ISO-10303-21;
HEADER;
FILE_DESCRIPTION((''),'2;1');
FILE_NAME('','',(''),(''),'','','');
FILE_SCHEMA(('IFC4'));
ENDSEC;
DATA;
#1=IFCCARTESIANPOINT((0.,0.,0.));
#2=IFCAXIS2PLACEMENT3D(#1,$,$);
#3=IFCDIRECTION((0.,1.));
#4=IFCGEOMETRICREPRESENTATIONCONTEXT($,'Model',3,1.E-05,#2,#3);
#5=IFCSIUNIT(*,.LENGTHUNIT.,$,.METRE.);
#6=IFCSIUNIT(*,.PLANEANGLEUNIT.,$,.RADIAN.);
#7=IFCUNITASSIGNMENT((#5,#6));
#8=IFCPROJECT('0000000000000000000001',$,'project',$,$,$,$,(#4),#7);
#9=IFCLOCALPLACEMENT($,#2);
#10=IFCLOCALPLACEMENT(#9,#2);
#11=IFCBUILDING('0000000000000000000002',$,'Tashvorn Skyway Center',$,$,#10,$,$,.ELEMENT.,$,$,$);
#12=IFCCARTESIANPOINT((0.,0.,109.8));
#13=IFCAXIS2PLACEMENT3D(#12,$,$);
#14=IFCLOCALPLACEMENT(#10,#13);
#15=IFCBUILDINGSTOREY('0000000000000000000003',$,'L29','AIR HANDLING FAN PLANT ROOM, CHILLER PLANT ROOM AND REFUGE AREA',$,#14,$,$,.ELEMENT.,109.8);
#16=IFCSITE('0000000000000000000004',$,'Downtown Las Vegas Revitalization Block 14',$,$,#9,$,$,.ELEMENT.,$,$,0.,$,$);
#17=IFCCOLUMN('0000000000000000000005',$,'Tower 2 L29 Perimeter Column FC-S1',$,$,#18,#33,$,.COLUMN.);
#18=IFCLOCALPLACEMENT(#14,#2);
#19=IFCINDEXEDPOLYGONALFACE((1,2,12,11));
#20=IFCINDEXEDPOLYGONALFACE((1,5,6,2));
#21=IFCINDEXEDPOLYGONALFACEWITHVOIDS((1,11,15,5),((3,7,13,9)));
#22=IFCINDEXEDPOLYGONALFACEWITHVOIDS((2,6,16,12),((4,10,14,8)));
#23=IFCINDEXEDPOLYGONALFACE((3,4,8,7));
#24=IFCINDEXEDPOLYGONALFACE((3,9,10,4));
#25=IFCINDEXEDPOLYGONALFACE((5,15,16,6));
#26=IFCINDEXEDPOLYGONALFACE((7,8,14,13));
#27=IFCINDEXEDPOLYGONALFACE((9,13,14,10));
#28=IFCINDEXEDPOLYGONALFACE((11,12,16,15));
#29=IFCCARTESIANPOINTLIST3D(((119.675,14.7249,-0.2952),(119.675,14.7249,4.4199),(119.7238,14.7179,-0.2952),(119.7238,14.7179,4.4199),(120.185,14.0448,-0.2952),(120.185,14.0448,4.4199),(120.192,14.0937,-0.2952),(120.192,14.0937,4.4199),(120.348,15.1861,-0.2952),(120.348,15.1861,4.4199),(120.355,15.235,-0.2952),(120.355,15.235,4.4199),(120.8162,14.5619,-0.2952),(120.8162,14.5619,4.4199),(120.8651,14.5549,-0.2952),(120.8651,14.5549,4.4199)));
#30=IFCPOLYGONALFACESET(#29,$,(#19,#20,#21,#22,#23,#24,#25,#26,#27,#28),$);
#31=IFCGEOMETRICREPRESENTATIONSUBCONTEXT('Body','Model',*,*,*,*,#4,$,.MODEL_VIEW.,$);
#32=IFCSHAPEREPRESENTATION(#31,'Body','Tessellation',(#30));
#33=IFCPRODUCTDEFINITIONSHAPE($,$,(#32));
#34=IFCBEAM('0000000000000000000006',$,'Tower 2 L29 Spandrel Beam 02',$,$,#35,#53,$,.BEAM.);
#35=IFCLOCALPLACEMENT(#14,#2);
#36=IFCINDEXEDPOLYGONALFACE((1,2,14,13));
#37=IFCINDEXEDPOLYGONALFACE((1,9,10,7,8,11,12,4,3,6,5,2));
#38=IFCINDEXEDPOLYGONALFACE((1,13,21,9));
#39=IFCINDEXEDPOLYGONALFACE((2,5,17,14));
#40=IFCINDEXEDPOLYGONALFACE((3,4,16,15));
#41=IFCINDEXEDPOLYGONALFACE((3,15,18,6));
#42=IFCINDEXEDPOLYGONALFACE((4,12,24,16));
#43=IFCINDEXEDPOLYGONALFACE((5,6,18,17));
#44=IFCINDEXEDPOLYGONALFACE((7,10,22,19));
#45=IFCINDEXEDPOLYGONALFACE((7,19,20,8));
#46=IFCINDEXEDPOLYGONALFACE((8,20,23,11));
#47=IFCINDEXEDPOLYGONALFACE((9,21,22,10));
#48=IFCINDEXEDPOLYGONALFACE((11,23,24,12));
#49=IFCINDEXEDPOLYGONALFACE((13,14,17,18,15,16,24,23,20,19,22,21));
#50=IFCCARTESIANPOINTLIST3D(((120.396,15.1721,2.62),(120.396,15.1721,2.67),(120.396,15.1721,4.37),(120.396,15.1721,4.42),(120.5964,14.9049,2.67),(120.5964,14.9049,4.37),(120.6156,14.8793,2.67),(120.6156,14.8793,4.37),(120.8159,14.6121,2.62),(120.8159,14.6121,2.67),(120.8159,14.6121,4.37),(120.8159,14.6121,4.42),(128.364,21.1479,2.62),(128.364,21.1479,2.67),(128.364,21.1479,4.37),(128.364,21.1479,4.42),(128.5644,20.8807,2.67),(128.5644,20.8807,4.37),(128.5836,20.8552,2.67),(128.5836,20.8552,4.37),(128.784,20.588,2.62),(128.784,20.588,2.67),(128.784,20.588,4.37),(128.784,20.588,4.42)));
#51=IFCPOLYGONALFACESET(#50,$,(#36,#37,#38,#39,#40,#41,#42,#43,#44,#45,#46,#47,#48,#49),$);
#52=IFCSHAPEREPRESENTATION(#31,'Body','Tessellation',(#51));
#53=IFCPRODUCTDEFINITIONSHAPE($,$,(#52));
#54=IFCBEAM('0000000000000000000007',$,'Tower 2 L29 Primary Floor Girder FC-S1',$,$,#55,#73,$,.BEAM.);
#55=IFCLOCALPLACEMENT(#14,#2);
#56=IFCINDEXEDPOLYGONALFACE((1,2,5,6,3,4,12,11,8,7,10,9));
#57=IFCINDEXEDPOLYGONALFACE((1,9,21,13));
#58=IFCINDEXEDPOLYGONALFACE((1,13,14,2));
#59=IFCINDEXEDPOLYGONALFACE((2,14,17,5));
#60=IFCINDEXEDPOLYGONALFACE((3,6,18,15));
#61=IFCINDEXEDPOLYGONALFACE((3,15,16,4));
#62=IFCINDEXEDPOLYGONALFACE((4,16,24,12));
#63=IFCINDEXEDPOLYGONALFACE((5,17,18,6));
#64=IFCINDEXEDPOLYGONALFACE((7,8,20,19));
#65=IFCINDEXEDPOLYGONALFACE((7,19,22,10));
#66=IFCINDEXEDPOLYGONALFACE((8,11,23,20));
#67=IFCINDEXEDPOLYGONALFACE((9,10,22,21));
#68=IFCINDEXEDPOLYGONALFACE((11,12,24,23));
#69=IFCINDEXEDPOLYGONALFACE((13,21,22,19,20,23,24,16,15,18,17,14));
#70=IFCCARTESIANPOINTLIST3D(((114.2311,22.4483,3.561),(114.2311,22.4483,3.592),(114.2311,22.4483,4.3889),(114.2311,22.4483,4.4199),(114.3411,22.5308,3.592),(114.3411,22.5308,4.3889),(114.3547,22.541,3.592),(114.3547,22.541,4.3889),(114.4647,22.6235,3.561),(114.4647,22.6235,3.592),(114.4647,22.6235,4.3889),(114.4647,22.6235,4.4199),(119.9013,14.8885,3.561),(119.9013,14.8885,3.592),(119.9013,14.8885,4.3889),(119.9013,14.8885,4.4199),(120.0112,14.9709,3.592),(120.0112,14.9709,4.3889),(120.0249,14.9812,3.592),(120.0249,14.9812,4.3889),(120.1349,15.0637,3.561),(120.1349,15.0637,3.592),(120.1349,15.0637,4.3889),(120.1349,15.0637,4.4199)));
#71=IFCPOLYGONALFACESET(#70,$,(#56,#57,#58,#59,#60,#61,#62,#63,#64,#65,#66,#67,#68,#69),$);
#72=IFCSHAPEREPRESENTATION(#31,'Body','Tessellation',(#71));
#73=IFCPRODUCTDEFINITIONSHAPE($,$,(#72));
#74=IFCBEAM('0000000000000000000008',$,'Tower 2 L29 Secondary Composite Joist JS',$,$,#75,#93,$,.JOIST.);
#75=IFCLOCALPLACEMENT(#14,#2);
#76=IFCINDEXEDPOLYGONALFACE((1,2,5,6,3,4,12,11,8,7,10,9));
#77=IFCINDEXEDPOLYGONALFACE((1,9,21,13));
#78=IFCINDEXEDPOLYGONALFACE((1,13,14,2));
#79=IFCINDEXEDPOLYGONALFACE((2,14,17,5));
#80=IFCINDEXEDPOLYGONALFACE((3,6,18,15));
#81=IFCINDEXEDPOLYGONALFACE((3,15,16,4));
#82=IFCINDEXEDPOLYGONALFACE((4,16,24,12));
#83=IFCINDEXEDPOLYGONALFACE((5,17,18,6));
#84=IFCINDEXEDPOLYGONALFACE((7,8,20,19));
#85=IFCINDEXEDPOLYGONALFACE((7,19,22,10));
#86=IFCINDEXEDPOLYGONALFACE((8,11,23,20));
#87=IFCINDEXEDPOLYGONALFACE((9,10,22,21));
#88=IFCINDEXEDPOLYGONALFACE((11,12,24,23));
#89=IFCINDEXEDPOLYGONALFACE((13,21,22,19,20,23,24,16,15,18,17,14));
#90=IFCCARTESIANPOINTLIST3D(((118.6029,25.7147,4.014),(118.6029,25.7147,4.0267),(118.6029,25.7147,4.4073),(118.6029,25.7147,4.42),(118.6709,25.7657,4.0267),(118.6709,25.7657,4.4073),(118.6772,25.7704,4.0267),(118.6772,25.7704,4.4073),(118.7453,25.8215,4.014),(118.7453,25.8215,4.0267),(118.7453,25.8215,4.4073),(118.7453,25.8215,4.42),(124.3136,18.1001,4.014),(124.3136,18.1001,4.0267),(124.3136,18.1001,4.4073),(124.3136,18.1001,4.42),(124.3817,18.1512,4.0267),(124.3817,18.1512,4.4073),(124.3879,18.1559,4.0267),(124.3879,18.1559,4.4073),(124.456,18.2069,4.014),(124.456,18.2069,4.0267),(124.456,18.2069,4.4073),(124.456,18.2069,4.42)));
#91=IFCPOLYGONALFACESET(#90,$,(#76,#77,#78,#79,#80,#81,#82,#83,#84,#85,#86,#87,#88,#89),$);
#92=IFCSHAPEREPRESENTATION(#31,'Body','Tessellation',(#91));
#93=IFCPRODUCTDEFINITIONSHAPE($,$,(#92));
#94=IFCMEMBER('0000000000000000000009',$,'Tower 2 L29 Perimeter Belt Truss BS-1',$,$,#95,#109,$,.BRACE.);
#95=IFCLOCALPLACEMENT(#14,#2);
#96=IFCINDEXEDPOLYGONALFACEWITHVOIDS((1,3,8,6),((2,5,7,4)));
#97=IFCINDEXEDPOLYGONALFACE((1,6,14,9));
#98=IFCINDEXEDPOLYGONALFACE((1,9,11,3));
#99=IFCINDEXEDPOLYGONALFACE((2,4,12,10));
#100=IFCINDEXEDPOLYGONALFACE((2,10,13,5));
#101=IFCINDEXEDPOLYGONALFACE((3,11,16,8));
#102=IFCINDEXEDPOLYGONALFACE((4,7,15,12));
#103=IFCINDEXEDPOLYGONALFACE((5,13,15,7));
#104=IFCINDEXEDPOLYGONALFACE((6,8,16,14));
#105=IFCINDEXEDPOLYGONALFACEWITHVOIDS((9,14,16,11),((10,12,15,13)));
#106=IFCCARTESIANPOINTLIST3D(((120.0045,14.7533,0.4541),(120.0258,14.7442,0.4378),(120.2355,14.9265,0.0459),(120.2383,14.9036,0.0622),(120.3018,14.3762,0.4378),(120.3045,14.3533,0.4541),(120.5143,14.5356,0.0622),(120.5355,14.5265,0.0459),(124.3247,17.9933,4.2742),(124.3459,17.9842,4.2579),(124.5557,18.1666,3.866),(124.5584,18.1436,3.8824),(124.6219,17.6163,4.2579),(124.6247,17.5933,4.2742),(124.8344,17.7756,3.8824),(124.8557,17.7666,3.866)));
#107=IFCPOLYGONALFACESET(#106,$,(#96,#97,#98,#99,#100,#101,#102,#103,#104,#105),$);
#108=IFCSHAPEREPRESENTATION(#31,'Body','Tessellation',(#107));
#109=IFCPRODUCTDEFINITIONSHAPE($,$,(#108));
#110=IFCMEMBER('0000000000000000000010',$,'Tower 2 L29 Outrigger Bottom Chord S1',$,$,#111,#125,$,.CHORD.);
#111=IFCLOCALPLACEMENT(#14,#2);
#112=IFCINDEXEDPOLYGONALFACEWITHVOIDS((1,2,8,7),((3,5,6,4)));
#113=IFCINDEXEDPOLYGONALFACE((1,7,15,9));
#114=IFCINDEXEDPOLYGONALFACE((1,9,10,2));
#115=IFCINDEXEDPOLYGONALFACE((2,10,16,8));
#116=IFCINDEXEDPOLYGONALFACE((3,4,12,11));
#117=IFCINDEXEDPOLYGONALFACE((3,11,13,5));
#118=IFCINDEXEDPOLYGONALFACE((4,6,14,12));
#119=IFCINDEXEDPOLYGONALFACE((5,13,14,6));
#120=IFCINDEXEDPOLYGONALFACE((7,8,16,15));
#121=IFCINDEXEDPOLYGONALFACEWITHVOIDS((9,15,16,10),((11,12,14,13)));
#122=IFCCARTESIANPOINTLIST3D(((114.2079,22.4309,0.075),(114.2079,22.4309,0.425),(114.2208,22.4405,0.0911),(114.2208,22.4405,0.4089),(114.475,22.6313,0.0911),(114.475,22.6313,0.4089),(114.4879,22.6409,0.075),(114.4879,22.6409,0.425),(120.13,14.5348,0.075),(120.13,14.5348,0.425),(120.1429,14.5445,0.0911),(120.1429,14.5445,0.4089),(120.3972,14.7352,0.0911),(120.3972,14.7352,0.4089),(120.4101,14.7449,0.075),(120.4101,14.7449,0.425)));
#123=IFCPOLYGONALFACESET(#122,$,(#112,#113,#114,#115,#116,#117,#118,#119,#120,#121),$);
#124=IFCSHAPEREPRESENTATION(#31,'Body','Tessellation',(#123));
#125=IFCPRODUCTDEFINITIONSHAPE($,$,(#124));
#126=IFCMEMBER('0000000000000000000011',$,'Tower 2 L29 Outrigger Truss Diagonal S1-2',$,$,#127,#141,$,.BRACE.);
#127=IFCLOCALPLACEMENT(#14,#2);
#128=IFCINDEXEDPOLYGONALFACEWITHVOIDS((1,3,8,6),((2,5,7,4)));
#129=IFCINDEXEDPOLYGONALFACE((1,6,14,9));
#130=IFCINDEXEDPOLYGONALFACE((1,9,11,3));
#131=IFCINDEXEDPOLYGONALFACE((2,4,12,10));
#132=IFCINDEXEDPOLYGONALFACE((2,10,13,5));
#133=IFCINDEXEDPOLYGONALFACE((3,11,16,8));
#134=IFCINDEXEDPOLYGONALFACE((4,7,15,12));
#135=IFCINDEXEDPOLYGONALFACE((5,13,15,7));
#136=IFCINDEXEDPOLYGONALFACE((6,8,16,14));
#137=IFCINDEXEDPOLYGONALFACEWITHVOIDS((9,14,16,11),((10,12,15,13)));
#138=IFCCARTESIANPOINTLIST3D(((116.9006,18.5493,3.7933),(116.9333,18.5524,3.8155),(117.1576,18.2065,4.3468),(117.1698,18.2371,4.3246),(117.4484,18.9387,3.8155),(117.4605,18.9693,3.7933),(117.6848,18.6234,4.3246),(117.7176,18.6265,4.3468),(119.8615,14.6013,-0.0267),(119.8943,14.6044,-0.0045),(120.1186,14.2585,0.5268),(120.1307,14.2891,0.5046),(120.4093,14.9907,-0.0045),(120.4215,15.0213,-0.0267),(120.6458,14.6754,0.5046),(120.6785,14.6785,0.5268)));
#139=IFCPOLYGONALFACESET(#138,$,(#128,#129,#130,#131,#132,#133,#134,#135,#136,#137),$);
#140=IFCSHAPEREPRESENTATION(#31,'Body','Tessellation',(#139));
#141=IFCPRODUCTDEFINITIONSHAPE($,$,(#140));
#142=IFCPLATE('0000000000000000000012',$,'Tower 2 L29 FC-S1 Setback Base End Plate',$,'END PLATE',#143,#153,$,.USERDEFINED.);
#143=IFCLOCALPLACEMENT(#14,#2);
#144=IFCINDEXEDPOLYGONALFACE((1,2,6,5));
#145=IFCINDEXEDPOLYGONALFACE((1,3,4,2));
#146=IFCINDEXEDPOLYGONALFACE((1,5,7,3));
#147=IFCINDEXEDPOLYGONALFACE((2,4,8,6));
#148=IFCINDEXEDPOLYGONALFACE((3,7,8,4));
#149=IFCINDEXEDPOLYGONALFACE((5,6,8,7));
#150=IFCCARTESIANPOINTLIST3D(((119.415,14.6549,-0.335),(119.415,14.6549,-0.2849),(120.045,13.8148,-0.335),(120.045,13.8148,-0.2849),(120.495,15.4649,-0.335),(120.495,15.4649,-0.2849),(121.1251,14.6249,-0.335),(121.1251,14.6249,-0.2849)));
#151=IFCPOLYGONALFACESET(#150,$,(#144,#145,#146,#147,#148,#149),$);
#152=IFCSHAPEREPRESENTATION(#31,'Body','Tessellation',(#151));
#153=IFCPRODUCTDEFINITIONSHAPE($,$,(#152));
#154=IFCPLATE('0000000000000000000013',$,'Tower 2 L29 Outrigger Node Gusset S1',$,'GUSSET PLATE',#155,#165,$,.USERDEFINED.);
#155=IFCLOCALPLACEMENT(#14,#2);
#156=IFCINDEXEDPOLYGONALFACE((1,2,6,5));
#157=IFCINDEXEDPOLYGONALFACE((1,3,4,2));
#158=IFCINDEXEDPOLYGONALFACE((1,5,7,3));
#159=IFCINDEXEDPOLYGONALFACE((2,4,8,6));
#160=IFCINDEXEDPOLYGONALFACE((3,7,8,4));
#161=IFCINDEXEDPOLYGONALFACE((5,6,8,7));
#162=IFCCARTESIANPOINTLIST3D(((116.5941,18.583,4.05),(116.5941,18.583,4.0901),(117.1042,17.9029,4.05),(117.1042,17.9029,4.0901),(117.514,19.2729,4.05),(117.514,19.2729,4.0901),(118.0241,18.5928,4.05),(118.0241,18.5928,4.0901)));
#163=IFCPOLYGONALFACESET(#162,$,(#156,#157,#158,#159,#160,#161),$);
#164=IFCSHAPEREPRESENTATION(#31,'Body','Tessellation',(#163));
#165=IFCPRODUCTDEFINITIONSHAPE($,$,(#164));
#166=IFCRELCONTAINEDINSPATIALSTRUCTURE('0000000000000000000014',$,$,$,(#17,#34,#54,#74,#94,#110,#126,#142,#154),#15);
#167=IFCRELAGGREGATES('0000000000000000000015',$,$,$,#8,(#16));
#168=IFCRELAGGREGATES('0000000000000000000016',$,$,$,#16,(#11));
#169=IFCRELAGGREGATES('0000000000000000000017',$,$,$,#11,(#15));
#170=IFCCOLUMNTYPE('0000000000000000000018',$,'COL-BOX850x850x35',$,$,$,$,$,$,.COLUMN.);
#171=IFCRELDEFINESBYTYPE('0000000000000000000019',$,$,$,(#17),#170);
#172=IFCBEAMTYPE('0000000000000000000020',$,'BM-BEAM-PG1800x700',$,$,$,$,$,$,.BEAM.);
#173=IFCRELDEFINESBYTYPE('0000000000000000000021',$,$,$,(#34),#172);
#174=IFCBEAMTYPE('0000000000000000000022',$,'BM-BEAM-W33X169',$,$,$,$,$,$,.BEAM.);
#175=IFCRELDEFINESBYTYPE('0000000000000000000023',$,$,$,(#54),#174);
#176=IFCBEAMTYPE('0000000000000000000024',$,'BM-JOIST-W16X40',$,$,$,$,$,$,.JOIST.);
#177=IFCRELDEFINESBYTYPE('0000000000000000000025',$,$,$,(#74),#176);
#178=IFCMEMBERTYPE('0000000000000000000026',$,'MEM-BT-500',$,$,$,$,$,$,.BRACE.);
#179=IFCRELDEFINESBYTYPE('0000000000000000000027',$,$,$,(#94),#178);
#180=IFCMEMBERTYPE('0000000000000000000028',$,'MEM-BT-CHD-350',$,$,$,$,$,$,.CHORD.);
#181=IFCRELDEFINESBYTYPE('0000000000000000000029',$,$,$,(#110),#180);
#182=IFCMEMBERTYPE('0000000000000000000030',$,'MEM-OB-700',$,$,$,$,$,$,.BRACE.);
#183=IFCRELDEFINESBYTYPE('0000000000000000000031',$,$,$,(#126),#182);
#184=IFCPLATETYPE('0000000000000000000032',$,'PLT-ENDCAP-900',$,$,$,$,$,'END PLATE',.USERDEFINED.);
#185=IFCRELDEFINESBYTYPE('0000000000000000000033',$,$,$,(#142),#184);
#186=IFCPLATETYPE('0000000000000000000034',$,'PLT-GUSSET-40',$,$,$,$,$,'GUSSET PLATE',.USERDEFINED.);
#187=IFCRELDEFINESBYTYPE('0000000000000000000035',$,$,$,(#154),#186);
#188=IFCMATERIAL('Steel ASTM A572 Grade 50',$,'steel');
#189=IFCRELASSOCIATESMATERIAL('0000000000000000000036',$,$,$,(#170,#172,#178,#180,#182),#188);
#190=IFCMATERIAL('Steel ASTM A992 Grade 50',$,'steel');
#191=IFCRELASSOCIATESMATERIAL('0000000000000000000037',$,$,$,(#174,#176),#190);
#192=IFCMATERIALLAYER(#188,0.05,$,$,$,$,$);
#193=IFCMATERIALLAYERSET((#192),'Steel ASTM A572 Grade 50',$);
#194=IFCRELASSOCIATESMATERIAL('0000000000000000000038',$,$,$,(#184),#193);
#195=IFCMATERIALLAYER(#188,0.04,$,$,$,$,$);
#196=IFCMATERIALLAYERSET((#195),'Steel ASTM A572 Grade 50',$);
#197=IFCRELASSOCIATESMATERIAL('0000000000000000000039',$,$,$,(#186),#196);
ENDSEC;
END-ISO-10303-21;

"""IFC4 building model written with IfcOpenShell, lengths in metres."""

from ifc_helpers import new_model, si_unit, direction, frame, origin, origin_2d, place, context, subcontext, project, spatial, rectangle, hollow_rectangle, i_section, extrude, material, layer, layer_set, material_profile, profile_set, type_object, element, save


model = new_model("IFC4")

# Units and contexts
model_context = context("Model", 3, precision=1e-05, world=origin(), true_north=direction((0.0, 1.0)))
body_context = subcontext(model_context, "Body", "Model", "MODEL_VIEW")
ifc_project = project(units=[si_unit("LENGTHUNIT", "METRE"), si_unit("PLANEANGLEUNIT", "RADIAN")], contexts=[model_context])

# Site, building, storey
site_placement = place(None, origin())
site = spatial("IfcSite", under=ifc_project, at=site_placement, Name="Downtown Las Vegas Revitalization Block 14", CompositionType="ELEMENT", RefElevation=0.0)
building_placement = place(site_placement, origin())
building = spatial("IfcBuilding", under=site, at=building_placement, Name="Tashvorn Skyway Center", CompositionType="ELEMENT")
storey_placement = place(building_placement, frame((0.0, 0.0, 109.8)))
storey = spatial("IfcBuildingStorey", under=building, at=storey_placement, Name="L29", Description="AIR HANDLING FAN PLANT ROOM, CHILLER PLANT ROOM AND REFUGE AREA", CompositionType="ELEMENT", Elevation=109.8)

# Column
ifc_material_1 = material(Name="Steel ASTM A572 Grade 50", Category="steel")
ifc_material_profile_1 = material_profile(ifc_material_1, hollow_rectangle(XDim=0.8501, YDim=0.8501, WallThickness=0.0349, at=origin_2d()), Name="BOX850x850x35")
ifc_profile_set_1 = profile_set([ifc_material_profile_1], Name="Steel ASTM A572 Grade 50")
column_type = type_object("IfcColumnType", Name="COL-BOX850x850x35", PredefinedType="COLUMN", material=ifc_profile_set_1)
column_placement = place(storey_placement, frame((120.27, 14.6399, -0.2952), z_axis=(0.0, 0.0, 1.0), x_axis=(0.8, 0.6, 0.0)))
element("IfcColumn", 1, at=column_placement, inside=storey, type_object=column_type, Name="Tower 2 L29 Perimeter Column FC-S1", PredefinedType="COLUMN", context=body_context, shape_type="SweptSolid", body=[
    extrude(hollow_rectangle(XDim=0.8501, YDim=0.8501, WallThickness=0.0349, at=origin_2d()), origin(), (0.0, 0.0, 1.0), 4.7151),
])

# Beams
ifc_material_profile_2 = material_profile(ifc_material_1, i_section(OverallWidth=0.7, OverallDepth=1.8, WebThickness=0.032, FlangeThickness=0.05, at=origin_2d()), Name="PG1800x700")
ifc_profile_set_2 = profile_set([ifc_material_profile_2], Name="Steel ASTM A572 Grade 50")
beam_type_1 = type_object("IfcBeamType", Name="BM-BEAM-PG1800x700", PredefinedType="BEAM", material=ifc_profile_set_2)
beam_1_placement = place(storey_placement, frame((120.606, 14.8921, 3.52), z_axis=(0.800009, 0.599988, 0.0), x_axis=(-0.599988, 0.800009, 0.0)))
element("IfcBeam", 2, at=beam_1_placement, inside=storey, type_object=beam_type_1, Name="Tower 2 L29 Spandrel Beam 02", PredefinedType="BEAM", context=body_context, shape_type="SweptSolid", body=[
    extrude(i_section(OverallWidth=0.7, OverallDepth=1.8, WebThickness=0.032, FlangeThickness=0.05, at=origin_2d()), origin(), (0.0, 0.0, 1.0), 9.96),
])
ifc_material_2 = material(Name="Steel ASTM A992 Grade 50", Category="steel")
ifc_material_profile_3 = material_profile(ifc_material_2, i_section(OverallWidth=0.292, OverallDepth=0.8589, WebThickness=0.0171, FlangeThickness=0.031, at=origin_2d()), Name="W33X169")
ifc_profile_set_3 = profile_set([ifc_material_profile_3], Name="Steel ASTM A992 Grade 50")
beam_type_2 = type_object("IfcBeamType", Name="BM-BEAM-W33X169", PredefinedType="BEAM", material=ifc_profile_set_3)
beam_2_placement = place(storey_placement, frame((120.0181, 14.9761, 3.9905), z_axis=(-0.600021, 0.799984, 0.0), x_axis=(-0.799984, -0.600021, 0.0)))
element("IfcBeam", 3, at=beam_2_placement, inside=storey, type_object=beam_type_2, Name="Tower 2 L29 Primary Floor Girder FC-S1", PredefinedType="BEAM", context=body_context, shape_type="SweptSolid", body=[
    extrude(i_section(OverallWidth=0.292, OverallDepth=0.8589, WebThickness=0.0171, FlangeThickness=0.031, at=origin_2d()), origin(), (0.0, 0.0, 1.0), 9.45),
])
ifc_material_profile_4 = material_profile(ifc_material_2, i_section(OverallWidth=0.178, OverallDepth=0.406, WebThickness=0.0078, FlangeThickness=0.0127, at=origin_2d()), Name="W16X40")
ifc_profile_set_4 = profile_set([ifc_material_profile_4], Name="Steel ASTM A992 Grade 50")
beam_type_3 = type_object("IfcBeamType", Name="BM-JOIST-W16X40", PredefinedType="JOIST", material=ifc_profile_set_4)
beam_3_placement = place(storey_placement, frame((118.6741, 25.7681, 4.217), z_axis=(0.599988, -0.800009, 0.0), x_axis=(0.800009, 0.599988, 0.0)))
element("IfcBeam", 4, at=beam_3_placement, inside=storey, type_object=beam_type_3, Name="Tower 2 L29 Secondary Composite Joist JS", PredefinedType="JOIST", context=body_context, shape_type="SweptSolid", body=[
    extrude(i_section(OverallWidth=0.178, OverallDepth=0.406, WebThickness=0.0078, FlangeThickness=0.0127, at=origin_2d()), origin(), (0.0, 0.0, 1.0), 9.5181),
])

# Members
ifc_material_profile_5 = material_profile(ifc_material_1, hollow_rectangle(XDim=0.5, YDim=0.5, WallThickness=0.02, at=origin_2d()), Name="HSS500x500x20")
ifc_profile_set_5 = profile_set([ifc_material_profile_5], Name="Steel ASTM A572 Grade 50")
member_type_1 = type_object("IfcMemberType", Name="MEM-BT-500", PredefinedType="BRACE", material=ifc_profile_set_5)
member_1_placement = place(storey_placement, frame((120.27, 14.6399, 0.25), z_axis=(0.653107, 0.489821, 0.577517), x_axis=(-0.599993, 0.800005, 0.0)))
element("IfcMember", 5, at=member_1_placement, inside=storey, type_object=member_type_1, Name="Tower 2 L29 Perimeter Belt Truss BS-1", PredefinedType="BRACE", context=body_context, shape_type="SweptSolid", body=[
    extrude(hollow_rectangle(XDim=0.5, YDim=0.5, WallThickness=0.02, at=origin_2d()), origin(), (0.0, 0.0, 1.0), 6.6147),
])
ifc_material_profile_6 = material_profile(ifc_material_1, hollow_rectangle(XDim=0.3501, YDim=0.3501, WallThickness=0.0161, at=origin_2d()), Name="HSS350x350x16")
ifc_profile_set_6 = profile_set([ifc_material_profile_6], Name="Steel ASTM A572 Grade 50")
member_type_2 = type_object("IfcMemberType", Name="MEM-BT-CHD-350", PredefinedType="CHORD", material=ifc_profile_set_6)
member_2_placement = place(storey_placement, frame((114.3479, 22.5359, 0.25), z_axis=(0.600008, -0.799994, 0.0), x_axis=(0.799994, 0.600008, 0.0)))
element("IfcMember", 6, at=member_2_placement, inside=storey, type_object=member_type_2, Name="Tower 2 L29 Outrigger Bottom Chord S1", PredefinedType="CHORD", context=body_context, shape_type="SweptSolid", body=[
    extrude(hollow_rectangle(XDim=0.3501, YDim=0.3501, WallThickness=0.0161, at=origin_2d()), origin(), (0.0, 0.0, 1.0), 9.8701),
])
ifc_material_profile_7 = material_profile(ifc_material_1, hollow_rectangle(XDim=0.7, YDim=0.7, WallThickness=0.0281, at=origin_2d()), Name="BOX700x700x28")
ifc_profile_set_7 = profile_set([ifc_material_profile_7], Name="Steel ASTM A572 Grade 50")
member_type_3 = type_object("IfcMemberType", Name="MEM-OB-700", PredefinedType="BRACE", material=ifc_profile_set_7)
member_3_placement = place(storey_placement, frame((117.3091, 18.5879, 4.0701), z_axis=(0.474453, -0.632618, -0.612118), x_axis=(0.800006, 0.599992, 0.0)))
element("IfcMember", 7, at=member_3_placement, inside=storey, type_object=member_type_3, Name="Tower 2 L29 Outrigger Truss Diagonal S1-2", PredefinedType="BRACE", context=body_context, shape_type="SweptSolid", body=[
    extrude(hollow_rectangle(XDim=0.7, YDim=0.7, WallThickness=0.0281, at=origin_2d()), origin(), (0.0, 0.0, 1.0), 6.2407),
])

# Plates
ifc_layer_1 = layer(ifc_material_1, 0.05)
ifc_layer_set_1 = layer_set([ifc_layer_1], Name="Steel ASTM A572 Grade 50")
plate_type_1 = type_object("IfcPlateType", Name="PLT-ENDCAP-900", ElementType="END PLATE", PredefinedType="USERDEFINED", material=ifc_layer_set_1)
plate_1_placement = place(storey_placement, frame((120.27, 14.6399, -0.335), z_axis=(0.0, 0.0, 1.0), x_axis=(0.8, 0.6, 0.0)))
element("IfcPlate", 8, at=plate_1_placement, inside=storey, type_object=plate_type_1, Name="Tower 2 L29 FC-S1 Setback Base End Plate", ObjectType="END PLATE", PredefinedType="USERDEFINED", context=body_context, shape_type="SweptSolid", body=[
    extrude(rectangle(XDim=1.3501, YDim=1.05, at=origin_2d()), origin(), (0.0, 0.0, 1.0), 0.05),
])
ifc_layer_2 = layer(ifc_material_1, 0.04)
ifc_layer_set_2 = layer_set([ifc_layer_2], Name="Steel ASTM A572 Grade 50")
plate_type_2 = type_object("IfcPlateType", Name="PLT-GUSSET-40", ElementType="GUSSET PLATE", PredefinedType="USERDEFINED", material=ifc_layer_set_2)
plate_2_placement = place(storey_placement, frame((117.3091, 18.5879, 4.05), z_axis=(0.0, 0.0, 1.0), x_axis=(0.8, 0.6, 0.0)))
element("IfcPlate", 9, at=plate_2_placement, inside=storey, type_object=plate_type_2, Name="Tower 2 L29 Outrigger Node Gusset S1", ObjectType="GUSSET PLATE", PredefinedType="USERDEFINED", context=body_context, shape_type="SweptSolid", body=[
    extrude(rectangle(XDim=1.1499, YDim=0.8501, at=origin_2d()), origin(), (0.0, 0.0, 1.0), 0.04),
])

save(model, "model.ifc")
